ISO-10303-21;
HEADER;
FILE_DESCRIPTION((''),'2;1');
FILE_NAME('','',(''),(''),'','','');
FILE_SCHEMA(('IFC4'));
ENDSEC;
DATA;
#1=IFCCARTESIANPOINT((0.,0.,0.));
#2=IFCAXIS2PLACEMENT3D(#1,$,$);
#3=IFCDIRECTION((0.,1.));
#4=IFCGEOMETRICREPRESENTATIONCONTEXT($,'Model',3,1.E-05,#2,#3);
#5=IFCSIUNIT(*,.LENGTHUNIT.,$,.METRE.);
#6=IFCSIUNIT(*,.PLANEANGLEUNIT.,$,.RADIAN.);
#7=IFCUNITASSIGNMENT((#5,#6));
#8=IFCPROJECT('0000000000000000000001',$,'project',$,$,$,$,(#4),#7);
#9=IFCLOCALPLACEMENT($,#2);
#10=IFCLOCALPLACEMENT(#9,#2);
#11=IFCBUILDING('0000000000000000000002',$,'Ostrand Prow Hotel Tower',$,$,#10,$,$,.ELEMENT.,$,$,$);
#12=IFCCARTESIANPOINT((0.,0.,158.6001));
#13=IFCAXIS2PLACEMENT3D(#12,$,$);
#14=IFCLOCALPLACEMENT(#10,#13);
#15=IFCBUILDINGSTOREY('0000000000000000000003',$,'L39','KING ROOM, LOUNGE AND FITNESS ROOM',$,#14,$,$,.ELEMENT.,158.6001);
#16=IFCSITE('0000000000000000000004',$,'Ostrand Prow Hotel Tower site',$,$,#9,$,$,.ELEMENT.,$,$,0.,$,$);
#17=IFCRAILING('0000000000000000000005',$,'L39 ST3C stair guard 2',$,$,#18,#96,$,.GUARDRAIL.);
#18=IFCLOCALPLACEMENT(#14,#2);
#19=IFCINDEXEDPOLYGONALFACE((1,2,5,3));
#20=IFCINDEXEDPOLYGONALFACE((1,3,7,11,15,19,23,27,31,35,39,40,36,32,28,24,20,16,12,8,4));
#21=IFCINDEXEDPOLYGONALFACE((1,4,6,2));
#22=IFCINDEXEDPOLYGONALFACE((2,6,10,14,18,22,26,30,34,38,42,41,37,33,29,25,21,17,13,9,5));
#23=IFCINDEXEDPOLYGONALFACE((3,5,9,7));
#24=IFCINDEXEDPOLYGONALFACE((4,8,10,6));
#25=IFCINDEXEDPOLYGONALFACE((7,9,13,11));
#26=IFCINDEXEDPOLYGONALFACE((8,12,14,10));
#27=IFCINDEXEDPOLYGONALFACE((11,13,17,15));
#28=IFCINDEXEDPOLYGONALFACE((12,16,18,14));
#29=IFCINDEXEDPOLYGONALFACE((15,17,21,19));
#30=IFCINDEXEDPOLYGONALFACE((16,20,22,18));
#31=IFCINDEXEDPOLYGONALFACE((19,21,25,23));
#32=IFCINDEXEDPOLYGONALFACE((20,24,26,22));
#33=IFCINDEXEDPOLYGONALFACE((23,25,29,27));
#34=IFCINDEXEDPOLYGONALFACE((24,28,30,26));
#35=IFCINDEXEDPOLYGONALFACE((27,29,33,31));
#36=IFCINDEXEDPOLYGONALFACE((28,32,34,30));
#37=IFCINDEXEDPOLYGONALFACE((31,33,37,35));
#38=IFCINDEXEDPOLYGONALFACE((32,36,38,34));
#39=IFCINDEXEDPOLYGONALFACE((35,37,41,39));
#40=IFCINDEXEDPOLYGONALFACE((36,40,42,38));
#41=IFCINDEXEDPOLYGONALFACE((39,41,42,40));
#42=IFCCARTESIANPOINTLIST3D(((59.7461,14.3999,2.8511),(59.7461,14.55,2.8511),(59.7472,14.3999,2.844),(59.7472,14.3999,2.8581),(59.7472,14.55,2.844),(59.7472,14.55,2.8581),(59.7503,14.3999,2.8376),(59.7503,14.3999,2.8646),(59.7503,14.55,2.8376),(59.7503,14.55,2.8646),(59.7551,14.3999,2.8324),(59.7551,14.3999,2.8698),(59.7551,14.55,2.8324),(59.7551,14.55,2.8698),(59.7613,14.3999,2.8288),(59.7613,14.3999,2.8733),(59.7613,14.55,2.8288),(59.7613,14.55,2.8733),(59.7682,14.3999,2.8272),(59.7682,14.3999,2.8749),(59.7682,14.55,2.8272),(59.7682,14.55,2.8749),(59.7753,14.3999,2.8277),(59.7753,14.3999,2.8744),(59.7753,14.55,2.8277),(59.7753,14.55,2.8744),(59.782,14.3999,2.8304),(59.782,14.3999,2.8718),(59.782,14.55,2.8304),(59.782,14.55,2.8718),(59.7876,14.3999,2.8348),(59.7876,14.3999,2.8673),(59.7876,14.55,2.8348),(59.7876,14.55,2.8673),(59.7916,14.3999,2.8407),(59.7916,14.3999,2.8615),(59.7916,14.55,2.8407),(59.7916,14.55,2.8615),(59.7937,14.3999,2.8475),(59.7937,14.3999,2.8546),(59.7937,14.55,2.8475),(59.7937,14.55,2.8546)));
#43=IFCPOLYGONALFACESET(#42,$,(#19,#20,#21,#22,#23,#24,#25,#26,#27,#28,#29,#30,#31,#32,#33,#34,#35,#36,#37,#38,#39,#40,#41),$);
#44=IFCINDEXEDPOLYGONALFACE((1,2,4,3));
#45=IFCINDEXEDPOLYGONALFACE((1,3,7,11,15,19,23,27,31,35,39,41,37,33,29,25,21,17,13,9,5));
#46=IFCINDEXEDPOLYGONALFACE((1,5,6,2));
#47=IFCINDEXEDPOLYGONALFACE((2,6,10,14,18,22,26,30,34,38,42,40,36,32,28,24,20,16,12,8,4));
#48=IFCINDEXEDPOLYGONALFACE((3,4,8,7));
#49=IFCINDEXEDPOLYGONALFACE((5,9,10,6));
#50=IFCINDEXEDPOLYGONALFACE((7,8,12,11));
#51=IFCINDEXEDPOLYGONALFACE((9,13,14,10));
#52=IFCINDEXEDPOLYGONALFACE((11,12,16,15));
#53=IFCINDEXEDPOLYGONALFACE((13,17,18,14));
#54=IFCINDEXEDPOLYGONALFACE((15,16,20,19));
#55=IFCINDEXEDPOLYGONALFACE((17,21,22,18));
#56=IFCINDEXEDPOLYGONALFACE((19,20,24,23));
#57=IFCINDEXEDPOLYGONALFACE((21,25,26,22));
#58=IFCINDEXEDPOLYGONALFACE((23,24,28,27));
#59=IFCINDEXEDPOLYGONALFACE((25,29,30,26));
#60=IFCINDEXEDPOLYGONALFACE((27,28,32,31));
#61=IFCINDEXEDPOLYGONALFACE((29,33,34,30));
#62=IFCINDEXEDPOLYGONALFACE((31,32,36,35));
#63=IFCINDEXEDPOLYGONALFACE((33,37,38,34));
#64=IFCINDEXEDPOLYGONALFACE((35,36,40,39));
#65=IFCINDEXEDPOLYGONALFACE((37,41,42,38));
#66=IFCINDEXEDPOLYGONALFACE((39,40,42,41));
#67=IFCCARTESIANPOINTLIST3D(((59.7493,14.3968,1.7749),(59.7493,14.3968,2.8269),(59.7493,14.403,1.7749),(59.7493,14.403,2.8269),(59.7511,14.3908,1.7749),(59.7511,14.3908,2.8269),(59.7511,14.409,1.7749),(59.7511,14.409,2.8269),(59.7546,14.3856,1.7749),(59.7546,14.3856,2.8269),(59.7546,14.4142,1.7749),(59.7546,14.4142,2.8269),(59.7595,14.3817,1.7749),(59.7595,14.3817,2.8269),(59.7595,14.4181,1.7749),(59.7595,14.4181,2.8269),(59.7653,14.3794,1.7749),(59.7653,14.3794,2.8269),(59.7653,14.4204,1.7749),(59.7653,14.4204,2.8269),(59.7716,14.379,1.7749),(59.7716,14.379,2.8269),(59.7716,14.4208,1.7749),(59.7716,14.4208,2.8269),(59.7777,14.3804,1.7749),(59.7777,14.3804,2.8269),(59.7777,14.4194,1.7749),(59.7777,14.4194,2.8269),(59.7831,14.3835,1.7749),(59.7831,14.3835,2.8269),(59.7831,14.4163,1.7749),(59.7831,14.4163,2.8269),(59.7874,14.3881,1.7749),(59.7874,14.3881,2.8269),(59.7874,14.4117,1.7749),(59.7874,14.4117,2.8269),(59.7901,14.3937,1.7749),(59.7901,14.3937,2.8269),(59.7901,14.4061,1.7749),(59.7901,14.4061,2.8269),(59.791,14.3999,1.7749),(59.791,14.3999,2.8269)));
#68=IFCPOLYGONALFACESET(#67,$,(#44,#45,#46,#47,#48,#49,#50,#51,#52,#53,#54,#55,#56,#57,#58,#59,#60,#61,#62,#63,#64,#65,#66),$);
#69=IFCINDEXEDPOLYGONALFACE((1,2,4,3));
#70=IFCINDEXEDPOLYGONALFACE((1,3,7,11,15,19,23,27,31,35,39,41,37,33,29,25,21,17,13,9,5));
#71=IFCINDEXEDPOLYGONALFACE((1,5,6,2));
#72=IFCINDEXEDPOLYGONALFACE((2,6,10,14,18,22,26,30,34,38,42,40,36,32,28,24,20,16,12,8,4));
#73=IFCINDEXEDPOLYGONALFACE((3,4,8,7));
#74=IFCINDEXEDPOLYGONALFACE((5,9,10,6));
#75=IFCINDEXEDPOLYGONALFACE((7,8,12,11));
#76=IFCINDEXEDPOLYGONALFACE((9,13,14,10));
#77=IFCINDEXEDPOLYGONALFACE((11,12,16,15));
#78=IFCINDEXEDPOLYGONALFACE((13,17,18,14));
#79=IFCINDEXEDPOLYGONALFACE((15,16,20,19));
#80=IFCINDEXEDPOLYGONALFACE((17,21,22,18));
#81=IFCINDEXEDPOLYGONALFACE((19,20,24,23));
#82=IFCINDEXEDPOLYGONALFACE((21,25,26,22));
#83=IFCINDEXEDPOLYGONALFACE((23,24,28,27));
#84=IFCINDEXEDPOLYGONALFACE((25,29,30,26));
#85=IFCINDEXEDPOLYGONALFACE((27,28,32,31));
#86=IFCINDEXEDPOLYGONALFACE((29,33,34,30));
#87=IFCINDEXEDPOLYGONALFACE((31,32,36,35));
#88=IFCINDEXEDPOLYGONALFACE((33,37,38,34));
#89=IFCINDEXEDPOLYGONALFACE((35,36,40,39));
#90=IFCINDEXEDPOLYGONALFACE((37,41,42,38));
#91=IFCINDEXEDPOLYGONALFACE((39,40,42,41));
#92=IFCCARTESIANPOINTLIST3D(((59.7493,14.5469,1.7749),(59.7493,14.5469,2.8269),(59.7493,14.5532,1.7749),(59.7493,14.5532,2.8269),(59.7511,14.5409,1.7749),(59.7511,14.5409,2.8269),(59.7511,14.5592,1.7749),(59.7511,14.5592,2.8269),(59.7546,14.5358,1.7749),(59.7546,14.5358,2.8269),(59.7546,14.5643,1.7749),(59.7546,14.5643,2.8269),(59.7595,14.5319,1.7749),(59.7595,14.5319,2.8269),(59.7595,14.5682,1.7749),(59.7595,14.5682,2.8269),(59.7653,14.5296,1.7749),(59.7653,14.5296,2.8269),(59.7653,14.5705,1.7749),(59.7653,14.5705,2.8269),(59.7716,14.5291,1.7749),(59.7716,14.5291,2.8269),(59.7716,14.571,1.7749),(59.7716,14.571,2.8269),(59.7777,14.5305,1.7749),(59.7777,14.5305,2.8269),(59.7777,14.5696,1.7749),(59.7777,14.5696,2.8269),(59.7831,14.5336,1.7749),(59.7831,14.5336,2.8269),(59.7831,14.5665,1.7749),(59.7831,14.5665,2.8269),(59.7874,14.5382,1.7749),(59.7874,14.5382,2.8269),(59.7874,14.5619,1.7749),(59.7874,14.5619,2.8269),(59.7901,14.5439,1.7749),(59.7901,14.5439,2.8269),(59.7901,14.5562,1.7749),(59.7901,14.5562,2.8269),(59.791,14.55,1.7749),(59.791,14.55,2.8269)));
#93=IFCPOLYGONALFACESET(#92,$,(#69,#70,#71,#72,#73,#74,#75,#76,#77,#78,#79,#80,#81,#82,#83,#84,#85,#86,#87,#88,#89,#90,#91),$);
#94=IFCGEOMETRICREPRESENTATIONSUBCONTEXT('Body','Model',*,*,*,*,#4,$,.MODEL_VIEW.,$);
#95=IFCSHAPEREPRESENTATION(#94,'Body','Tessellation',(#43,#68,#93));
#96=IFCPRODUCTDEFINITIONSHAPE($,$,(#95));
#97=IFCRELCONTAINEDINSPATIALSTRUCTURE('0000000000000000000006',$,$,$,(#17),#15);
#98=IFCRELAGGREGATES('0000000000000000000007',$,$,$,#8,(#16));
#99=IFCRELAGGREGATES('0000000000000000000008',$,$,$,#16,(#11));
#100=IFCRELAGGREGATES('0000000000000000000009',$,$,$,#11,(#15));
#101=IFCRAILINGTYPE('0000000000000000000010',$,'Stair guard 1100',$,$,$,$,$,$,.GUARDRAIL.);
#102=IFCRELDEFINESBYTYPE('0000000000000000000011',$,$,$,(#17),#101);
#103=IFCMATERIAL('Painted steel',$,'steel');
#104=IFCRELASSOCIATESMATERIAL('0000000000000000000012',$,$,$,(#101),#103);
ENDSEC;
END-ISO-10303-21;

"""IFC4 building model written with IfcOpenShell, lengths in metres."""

from ifc_helpers import new_model, si_unit, direction, frame, origin, origin_2d, place, context, subcontext, project, spatial, circle, extrude, material, type_object, element, save


model = new_model("IFC4")

# Units and contexts
model_context = context("Model", 3, precision=1e-05, world=origin(), true_north=direction((0.0, 1.0)))
body_context = subcontext(model_context, "Body", "Model", "MODEL_VIEW")
ifc_project = project(units=[si_unit("LENGTHUNIT", "METRE"), si_unit("PLANEANGLEUNIT", "RADIAN")], contexts=[model_context])

# Site, building, storey
site_placement = place(None, origin())
site = spatial("IfcSite", under=ifc_project, at=site_placement, Name="Ostrand Prow Hotel Tower site", CompositionType="ELEMENT", RefElevation=0.0)
building_placement = place(site_placement, origin())
building = spatial("IfcBuilding", under=site, at=building_placement, Name="Ostrand Prow Hotel Tower", CompositionType="ELEMENT")
storey_placement = place(building_placement, frame((0.0, 0.0, 158.6001)))
storey = spatial("IfcBuildingStorey", under=building, at=storey_placement, Name="L39", Description="KING ROOM, LOUNGE AND FITNESS ROOM", CompositionType="ELEMENT", Elevation=158.6001)

# Railing
ifc_material_1 = material(Name="Painted steel", Category="steel")
railing_type_1 = type_object("IfcRailingType", Name="Stair guard 1100", PredefinedType="GUARDRAIL", material=ifc_material_1)
railing_1_placement = place(storey_placement, frame((59.77, 14.3999, 1.7749)))
element("IfcRailing", 1, at=railing_1_placement, inside=storey, type_object=railing_type_1, Name="L39 ST3C stair guard 2", PredefinedType="GUARDRAIL", context=body_context, shape_type="SweptSolid", body=[
    extrude(circle(Radius=0.0239, at=origin_2d()), frame((0.0, 0.0, 1.0762), z_axis=(0.0, 1.0, 0.0), x_axis=(-1.0, 0.0, 0.0)), (0.0, 0.0, 1.0), 0.1501),
    extrude(circle(Radius=0.021, at=origin_2d()), origin(), (0.0, 0.0, 1.0), 1.052),
    extrude(circle(Radius=0.021, at=origin_2d()), frame((0.0, 0.1501, 0.0)), (0.0, 0.0, 1.0), 1.052),
])

save(model, "model.ifc")
